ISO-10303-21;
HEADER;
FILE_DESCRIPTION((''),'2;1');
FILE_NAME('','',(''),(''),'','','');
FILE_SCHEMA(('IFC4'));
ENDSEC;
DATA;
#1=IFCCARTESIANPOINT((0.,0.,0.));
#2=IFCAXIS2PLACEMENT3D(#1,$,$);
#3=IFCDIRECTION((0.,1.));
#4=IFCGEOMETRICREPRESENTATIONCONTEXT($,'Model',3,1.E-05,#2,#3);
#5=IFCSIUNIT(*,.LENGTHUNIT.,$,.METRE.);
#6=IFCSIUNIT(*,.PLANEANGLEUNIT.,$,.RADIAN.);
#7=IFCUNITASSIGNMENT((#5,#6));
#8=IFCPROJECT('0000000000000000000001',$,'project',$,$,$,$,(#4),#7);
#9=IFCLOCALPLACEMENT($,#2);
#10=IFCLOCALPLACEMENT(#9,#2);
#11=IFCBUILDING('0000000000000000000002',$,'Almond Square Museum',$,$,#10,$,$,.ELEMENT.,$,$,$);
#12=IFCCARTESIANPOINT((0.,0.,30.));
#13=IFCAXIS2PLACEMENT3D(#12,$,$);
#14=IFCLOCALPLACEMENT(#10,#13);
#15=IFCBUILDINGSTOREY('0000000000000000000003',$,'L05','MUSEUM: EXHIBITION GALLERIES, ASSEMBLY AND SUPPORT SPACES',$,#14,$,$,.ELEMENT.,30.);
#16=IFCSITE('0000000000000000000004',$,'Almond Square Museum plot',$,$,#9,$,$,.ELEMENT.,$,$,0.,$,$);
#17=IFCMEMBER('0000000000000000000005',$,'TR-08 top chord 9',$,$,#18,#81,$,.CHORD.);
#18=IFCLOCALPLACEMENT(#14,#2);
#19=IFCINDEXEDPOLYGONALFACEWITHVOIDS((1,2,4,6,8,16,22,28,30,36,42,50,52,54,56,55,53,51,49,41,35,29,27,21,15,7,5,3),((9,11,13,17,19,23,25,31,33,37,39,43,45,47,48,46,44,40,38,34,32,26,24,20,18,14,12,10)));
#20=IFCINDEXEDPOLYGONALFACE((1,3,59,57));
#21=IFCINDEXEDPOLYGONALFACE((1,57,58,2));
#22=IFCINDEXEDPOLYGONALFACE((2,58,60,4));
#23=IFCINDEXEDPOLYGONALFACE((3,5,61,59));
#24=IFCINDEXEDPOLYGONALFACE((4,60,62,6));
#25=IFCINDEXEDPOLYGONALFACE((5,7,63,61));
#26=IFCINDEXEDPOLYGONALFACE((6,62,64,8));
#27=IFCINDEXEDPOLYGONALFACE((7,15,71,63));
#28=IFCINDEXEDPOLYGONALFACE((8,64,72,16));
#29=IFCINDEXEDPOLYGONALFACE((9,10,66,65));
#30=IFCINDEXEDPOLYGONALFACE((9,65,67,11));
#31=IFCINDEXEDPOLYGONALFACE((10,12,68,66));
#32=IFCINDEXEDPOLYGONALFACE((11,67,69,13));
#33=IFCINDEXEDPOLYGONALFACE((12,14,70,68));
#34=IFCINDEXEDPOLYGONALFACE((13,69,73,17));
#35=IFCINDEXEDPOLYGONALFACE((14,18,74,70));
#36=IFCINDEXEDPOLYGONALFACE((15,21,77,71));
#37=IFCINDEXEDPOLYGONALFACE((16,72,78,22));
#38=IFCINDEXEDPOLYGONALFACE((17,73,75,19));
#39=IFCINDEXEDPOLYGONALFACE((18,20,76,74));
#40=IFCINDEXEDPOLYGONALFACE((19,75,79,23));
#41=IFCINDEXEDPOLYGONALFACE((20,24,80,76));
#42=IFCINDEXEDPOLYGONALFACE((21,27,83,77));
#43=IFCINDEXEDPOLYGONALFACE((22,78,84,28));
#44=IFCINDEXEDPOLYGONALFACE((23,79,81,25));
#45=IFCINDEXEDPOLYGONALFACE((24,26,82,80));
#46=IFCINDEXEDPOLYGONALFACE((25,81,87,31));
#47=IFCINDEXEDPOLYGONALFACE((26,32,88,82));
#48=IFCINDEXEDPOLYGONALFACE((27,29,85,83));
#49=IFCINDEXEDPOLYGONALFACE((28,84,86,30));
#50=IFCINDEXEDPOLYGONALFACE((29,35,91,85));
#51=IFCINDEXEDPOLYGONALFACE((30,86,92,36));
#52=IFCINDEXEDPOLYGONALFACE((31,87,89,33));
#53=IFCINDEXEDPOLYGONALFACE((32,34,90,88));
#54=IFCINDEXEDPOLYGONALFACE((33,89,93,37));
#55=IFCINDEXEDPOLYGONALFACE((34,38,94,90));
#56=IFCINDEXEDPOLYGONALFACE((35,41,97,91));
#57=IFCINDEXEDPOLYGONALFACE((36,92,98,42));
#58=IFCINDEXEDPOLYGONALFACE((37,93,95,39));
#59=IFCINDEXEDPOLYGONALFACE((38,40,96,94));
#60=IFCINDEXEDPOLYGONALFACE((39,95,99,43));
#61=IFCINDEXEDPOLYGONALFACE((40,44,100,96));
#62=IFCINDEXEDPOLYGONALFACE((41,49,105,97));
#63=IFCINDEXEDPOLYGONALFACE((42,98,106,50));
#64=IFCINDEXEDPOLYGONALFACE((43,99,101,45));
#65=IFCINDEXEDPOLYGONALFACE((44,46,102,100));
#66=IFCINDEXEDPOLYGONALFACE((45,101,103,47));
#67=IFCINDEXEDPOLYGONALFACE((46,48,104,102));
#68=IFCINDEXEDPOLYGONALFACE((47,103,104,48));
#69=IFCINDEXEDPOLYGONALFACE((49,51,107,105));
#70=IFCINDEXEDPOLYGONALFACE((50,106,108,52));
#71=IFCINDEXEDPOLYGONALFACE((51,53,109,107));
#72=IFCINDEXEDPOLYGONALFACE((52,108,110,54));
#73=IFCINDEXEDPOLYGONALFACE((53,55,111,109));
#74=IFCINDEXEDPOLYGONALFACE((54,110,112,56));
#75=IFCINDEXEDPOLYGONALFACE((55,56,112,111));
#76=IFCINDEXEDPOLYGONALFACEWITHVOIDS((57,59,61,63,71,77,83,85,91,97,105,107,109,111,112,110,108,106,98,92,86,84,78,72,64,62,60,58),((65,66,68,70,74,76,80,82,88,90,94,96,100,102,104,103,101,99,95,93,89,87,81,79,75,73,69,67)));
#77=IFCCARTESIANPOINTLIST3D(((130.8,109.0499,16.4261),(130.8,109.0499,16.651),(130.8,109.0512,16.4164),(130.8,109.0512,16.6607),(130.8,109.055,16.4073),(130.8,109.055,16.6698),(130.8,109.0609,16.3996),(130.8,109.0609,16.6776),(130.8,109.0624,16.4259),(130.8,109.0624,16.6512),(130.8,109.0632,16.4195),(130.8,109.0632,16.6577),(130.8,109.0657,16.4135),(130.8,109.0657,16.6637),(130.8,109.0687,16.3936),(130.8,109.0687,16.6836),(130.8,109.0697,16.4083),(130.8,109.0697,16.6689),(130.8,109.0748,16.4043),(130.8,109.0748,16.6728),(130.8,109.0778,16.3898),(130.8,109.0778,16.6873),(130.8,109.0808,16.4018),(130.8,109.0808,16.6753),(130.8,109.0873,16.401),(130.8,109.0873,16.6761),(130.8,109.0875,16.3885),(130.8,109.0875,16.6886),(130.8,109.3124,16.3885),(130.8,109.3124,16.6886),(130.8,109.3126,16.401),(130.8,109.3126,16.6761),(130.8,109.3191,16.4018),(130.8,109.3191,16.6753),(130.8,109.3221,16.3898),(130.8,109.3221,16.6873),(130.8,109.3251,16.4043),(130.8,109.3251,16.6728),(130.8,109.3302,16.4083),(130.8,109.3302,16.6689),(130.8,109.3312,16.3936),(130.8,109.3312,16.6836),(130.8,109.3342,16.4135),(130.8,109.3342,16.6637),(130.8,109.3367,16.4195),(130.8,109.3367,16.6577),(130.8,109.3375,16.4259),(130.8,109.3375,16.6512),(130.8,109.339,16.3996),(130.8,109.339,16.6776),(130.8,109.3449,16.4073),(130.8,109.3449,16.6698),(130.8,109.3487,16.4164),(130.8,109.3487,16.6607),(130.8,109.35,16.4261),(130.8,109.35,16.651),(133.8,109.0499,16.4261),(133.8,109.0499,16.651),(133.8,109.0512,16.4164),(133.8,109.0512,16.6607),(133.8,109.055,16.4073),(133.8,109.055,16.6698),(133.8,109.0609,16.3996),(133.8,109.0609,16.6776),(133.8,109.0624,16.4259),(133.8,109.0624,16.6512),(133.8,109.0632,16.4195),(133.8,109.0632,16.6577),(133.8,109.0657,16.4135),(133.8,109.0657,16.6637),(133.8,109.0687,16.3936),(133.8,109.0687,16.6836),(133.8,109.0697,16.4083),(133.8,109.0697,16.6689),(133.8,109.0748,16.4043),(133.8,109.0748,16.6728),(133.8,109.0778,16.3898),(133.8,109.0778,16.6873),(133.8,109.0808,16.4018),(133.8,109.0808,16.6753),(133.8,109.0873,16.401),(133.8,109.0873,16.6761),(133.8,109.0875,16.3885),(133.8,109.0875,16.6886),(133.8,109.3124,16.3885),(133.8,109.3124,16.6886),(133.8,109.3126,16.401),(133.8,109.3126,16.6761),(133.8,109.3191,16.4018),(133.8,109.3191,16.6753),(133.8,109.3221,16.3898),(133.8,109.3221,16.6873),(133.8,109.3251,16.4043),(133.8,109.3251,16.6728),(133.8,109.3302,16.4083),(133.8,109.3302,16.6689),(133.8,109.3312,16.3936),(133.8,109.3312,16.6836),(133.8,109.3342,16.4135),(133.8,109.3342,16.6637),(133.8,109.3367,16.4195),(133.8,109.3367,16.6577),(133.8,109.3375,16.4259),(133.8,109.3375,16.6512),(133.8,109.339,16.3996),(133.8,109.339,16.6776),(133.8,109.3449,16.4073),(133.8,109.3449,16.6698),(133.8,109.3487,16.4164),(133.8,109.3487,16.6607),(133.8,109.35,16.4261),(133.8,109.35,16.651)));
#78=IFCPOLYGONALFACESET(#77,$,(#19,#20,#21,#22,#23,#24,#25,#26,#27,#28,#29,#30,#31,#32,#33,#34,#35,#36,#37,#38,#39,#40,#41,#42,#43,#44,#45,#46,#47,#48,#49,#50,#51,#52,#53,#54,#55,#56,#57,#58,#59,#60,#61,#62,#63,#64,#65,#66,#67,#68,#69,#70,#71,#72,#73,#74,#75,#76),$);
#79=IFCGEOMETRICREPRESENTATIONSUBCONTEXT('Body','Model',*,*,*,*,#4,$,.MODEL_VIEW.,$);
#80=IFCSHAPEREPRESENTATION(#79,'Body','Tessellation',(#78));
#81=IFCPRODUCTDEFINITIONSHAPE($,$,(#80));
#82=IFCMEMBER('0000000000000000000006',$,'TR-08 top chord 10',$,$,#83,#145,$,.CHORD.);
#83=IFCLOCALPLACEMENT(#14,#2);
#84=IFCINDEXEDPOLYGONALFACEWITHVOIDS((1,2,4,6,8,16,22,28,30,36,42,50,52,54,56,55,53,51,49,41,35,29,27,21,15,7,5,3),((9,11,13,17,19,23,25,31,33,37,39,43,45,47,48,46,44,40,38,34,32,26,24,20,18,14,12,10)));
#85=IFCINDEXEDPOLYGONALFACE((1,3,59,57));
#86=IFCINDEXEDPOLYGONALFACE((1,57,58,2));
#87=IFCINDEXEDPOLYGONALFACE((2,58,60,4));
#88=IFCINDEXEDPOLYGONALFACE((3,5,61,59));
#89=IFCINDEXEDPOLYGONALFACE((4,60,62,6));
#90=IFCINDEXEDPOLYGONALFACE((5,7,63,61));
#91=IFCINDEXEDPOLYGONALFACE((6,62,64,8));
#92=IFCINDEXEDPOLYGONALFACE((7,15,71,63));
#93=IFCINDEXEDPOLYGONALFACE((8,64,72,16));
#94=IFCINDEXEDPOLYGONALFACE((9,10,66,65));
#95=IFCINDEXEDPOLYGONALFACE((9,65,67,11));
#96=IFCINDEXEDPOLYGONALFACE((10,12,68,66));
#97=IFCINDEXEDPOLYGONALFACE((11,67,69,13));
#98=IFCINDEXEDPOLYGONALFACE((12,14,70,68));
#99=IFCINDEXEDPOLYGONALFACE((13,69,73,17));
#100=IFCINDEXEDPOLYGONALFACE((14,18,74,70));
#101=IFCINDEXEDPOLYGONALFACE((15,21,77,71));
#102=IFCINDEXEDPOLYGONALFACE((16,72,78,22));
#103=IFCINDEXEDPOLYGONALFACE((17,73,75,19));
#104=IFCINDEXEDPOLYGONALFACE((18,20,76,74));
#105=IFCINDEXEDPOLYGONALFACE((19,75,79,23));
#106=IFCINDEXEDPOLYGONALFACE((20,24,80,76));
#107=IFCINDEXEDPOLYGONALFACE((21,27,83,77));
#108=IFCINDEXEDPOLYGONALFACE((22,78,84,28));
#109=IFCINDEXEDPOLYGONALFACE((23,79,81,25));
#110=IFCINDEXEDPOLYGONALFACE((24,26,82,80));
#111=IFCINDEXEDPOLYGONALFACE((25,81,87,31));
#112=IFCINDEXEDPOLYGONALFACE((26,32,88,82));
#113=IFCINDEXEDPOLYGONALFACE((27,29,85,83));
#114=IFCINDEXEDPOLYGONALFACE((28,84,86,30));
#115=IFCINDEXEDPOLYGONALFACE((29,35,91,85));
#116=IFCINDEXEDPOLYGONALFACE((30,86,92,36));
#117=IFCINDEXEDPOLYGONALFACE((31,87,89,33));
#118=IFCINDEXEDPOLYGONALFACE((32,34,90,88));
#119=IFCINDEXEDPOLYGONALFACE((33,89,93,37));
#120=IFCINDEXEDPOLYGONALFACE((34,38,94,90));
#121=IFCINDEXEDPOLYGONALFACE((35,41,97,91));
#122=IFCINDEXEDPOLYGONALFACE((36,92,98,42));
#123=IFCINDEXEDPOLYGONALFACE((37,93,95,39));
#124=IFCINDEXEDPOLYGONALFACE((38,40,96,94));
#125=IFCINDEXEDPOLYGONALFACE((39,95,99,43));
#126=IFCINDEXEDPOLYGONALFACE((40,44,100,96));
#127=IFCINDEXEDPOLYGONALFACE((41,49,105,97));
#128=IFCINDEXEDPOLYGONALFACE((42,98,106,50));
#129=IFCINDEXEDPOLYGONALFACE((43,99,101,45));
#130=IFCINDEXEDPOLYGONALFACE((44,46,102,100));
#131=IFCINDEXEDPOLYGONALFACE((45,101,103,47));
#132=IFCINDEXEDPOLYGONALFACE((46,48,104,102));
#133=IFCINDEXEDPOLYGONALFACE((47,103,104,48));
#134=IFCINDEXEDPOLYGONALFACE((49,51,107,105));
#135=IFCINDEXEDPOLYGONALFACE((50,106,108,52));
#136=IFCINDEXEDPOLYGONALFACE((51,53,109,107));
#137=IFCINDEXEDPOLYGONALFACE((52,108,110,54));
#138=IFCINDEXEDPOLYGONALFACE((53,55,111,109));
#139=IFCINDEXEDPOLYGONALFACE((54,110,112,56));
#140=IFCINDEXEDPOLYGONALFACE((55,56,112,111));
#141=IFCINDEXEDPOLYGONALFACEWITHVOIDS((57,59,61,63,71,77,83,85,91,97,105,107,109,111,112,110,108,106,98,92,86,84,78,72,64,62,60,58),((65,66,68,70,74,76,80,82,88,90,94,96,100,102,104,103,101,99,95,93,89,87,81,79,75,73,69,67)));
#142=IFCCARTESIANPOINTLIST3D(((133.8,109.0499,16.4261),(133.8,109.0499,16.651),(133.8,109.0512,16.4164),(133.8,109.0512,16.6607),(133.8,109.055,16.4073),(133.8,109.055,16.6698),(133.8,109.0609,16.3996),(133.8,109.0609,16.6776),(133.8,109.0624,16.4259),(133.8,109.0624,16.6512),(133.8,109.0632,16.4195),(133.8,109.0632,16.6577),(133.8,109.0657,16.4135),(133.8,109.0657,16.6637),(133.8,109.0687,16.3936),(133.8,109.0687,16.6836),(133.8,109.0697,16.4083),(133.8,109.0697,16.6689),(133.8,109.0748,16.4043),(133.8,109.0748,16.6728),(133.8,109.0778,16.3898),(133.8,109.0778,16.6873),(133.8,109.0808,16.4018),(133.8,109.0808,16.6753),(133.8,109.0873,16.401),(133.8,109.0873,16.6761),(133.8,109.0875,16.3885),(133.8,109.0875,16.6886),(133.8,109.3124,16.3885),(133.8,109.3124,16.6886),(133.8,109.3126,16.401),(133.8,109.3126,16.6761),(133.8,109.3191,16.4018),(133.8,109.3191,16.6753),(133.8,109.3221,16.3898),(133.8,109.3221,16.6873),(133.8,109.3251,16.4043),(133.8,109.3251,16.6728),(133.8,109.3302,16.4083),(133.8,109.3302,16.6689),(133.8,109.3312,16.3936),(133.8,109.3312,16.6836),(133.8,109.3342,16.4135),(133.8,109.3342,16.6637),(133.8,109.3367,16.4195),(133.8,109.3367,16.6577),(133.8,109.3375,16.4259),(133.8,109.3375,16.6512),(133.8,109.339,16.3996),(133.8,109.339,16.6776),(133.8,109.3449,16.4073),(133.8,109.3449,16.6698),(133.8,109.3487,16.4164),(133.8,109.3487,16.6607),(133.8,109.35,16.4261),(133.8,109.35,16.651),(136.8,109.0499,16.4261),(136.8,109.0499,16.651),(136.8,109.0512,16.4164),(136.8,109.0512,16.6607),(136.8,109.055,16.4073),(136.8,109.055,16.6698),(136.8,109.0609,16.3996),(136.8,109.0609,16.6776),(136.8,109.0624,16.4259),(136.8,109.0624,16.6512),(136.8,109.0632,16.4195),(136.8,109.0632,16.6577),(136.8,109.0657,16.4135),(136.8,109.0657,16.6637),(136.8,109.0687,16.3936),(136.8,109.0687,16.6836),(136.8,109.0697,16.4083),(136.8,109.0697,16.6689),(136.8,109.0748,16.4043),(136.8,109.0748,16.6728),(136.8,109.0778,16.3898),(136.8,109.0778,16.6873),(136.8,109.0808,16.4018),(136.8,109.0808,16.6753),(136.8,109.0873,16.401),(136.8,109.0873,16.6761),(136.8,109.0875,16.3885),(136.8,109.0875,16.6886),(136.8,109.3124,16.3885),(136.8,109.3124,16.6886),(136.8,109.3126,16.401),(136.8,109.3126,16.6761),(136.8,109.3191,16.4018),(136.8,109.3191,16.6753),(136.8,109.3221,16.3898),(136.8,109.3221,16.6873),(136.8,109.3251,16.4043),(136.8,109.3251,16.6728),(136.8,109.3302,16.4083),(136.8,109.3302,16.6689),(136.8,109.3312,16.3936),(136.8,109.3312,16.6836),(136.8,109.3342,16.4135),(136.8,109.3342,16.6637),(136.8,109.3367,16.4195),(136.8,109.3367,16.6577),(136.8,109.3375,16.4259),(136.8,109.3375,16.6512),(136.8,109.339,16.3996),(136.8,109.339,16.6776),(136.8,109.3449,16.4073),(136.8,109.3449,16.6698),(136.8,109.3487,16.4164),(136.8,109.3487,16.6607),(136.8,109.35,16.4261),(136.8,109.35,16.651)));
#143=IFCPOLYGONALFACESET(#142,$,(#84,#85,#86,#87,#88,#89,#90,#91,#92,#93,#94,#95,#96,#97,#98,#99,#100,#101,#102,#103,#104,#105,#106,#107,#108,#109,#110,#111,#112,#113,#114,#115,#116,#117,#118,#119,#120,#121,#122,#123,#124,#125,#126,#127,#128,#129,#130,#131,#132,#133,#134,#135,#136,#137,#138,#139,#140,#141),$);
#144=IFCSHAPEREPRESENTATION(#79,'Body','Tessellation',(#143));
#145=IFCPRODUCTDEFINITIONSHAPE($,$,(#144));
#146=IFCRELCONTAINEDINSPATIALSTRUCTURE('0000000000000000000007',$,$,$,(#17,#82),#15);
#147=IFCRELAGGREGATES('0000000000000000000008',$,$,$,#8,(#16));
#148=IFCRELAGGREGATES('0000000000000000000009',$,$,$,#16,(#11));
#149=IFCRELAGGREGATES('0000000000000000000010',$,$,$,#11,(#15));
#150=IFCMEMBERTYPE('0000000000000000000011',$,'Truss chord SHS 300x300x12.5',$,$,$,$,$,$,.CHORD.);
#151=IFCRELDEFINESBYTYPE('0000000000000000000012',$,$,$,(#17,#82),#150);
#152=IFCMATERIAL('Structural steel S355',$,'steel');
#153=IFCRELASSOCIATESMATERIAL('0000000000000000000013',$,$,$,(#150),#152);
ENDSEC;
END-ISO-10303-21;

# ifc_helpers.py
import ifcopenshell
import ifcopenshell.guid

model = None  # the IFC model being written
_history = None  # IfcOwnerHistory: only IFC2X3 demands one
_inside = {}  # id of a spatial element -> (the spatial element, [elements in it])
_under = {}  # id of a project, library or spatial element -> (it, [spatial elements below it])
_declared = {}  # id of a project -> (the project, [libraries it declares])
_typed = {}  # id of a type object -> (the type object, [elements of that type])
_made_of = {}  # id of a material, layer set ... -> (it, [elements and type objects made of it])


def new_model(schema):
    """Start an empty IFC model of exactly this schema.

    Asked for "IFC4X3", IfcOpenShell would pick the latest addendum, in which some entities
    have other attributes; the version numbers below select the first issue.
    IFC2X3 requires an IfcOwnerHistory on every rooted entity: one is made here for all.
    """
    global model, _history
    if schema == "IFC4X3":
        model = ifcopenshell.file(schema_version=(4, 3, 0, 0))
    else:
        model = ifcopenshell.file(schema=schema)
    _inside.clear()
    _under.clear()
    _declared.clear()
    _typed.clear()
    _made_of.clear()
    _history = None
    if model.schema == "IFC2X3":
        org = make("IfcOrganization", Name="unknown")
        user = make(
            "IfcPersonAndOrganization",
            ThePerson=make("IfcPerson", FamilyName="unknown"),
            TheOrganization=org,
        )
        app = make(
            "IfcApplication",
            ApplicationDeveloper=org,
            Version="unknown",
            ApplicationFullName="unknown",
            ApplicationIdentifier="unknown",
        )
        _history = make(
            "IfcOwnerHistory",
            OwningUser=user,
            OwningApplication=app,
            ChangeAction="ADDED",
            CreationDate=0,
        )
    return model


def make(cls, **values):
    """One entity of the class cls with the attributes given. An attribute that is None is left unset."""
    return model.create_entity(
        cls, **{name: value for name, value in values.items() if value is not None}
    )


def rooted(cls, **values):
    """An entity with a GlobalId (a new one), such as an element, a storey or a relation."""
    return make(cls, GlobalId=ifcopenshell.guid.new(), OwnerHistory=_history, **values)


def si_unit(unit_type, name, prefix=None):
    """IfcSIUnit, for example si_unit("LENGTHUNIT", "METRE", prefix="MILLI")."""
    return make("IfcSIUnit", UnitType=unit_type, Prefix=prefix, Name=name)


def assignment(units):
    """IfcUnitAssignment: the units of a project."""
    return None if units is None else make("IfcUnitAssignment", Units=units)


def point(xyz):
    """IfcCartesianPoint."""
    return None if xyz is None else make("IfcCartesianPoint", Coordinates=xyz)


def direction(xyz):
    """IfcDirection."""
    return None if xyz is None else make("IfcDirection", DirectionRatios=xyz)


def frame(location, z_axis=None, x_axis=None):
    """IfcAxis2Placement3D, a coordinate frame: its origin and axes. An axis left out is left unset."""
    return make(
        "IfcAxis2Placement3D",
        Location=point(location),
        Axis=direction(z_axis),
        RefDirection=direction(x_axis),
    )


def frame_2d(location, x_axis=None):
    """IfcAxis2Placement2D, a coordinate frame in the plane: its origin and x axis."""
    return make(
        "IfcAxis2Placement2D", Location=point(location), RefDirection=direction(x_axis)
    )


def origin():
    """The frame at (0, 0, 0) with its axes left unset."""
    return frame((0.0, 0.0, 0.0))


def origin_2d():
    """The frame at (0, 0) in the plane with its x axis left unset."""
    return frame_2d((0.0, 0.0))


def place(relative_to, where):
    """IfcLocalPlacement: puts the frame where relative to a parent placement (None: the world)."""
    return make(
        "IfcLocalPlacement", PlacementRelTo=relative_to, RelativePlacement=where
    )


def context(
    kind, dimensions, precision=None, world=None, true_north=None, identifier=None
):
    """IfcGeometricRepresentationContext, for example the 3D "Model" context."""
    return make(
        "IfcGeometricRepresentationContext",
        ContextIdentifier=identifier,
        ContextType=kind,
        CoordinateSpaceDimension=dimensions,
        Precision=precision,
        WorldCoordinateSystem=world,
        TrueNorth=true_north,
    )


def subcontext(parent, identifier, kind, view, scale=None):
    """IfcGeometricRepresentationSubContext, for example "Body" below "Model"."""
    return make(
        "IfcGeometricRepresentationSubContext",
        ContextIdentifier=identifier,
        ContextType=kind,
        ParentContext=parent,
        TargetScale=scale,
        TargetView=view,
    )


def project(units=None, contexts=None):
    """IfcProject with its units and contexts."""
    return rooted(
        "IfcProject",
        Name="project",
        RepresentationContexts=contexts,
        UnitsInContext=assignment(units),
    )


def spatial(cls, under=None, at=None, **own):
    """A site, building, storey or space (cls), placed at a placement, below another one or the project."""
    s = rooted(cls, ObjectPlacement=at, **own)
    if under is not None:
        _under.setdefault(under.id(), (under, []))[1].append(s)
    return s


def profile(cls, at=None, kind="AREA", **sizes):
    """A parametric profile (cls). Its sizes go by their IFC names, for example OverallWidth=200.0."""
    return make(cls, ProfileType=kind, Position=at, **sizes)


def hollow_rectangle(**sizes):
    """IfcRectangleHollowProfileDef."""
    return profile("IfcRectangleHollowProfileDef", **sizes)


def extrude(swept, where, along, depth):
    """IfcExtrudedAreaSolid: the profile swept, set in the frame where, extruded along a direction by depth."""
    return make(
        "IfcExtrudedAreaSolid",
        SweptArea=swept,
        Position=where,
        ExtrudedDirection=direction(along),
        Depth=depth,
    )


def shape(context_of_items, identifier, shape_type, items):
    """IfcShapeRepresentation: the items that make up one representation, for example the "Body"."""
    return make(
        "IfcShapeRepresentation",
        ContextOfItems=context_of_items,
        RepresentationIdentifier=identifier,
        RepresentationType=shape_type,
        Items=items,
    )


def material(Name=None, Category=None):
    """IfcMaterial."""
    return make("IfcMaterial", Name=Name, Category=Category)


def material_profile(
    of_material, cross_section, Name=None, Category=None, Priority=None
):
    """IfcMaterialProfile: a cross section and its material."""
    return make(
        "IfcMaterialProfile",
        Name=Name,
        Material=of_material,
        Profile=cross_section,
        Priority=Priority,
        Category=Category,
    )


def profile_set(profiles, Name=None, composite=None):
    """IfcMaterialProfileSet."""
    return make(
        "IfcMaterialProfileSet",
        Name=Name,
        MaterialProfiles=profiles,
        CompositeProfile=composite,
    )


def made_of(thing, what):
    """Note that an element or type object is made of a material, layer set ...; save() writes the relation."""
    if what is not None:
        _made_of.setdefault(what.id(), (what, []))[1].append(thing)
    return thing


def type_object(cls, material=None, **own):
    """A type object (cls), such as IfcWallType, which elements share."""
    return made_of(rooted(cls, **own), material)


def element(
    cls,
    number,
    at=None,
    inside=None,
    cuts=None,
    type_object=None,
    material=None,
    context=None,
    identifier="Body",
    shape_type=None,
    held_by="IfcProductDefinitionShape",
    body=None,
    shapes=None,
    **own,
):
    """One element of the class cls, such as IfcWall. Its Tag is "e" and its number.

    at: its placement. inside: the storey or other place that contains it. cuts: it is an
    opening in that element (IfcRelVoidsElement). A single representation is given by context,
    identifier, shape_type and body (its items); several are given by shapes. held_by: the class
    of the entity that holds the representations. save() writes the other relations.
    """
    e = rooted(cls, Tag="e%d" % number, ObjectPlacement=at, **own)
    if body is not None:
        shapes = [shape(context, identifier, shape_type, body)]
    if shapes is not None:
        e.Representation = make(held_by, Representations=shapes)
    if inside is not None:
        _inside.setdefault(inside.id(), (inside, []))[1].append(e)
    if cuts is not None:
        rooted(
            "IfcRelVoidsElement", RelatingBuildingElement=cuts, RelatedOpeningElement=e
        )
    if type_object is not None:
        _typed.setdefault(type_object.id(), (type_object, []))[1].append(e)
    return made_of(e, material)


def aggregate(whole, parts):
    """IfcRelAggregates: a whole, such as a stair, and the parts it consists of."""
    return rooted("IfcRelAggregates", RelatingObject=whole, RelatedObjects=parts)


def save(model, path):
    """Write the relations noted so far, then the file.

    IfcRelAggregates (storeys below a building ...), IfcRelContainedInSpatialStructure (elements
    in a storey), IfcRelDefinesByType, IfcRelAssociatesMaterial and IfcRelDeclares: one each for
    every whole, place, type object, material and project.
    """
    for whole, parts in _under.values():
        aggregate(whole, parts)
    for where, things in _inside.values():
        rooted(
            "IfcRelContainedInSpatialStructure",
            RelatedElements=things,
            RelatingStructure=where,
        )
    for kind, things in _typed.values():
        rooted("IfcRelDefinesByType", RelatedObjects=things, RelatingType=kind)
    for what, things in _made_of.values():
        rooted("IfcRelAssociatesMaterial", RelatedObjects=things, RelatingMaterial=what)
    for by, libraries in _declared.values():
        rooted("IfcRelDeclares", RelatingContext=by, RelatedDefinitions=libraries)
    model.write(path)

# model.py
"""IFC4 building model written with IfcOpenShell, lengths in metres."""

from ifc_helpers import new_model, si_unit, direction, frame, origin, origin_2d, place, context, subcontext, project, spatial, hollow_rectangle, extrude, material, material_profile, profile_set, type_object, element, save


model = new_model("IFC4")

# Units and contexts
model_context = context("Model", 3, precision=1e-05, world=origin(), true_north=direction((0.0, 1.0)))
body_context = subcontext(model_context, "Body", "Model", "MODEL_VIEW")
ifc_project = project(units=[si_unit("LENGTHUNIT", "METRE"), si_unit("PLANEANGLEUNIT", "RADIAN")], contexts=[model_context])

# Site, building, storey
site_placement = place(None, origin())
site = spatial("IfcSite", under=ifc_project, at=site_placement, Name="Almond Square Museum plot", CompositionType="ELEMENT", RefElevation=0.0)
building_placement = place(site_placement, origin())
building = spatial("IfcBuilding", under=site, at=building_placement, Name="Almond Square Museum", CompositionType="ELEMENT")
storey_placement = place(building_placement, frame((0.0, 0.0, 30.0)))
storey = spatial("IfcBuildingStorey", under=building, at=storey_placement, Name="L05", Description="MUSEUM: EXHIBITION GALLERIES, ASSEMBLY AND SUPPORT SPACES", CompositionType="ELEMENT", Elevation=30.0)

# Members
ifc_material_1 = material(Name="Structural steel S355", Category="steel")
ifc_material_profile_1 = material_profile(ifc_material_1, hollow_rectangle(XDim=0.3, YDim=0.3, WallThickness=0.0125, InnerFilletRadius=0.0249, OuterFilletRadius=0.0376, at=origin_2d()))
ifc_profile_set_1 = profile_set([ifc_material_profile_1], Name="Structural steel S355")
member_type_1 = type_object("IfcMemberType", Name="Truss chord SHS 300x300x12.5", PredefinedType="CHORD", material=ifc_profile_set_1)
for number, where, z_axis, x_axis, name in (
    (1, (130.8, 109.2, 16.5386), (1.0, 0.0, 0.0), (0.0, 1.0, 0.0), "TR-08 top chord 9"),
    (2, (133.8, 109.2, 16.5386), (1.0, 0.0, 0.0), (0.0, 1.0, 0.0), "TR-08 top chord 10"),
):
    element("IfcMember", number, at=place(storey_placement, frame(where, z_axis=z_axis, x_axis=x_axis)), inside=storey, type_object=member_type_1, Name=name, PredefinedType="CHORD", context=body_context, shape_type="SweptSolid", body=[
        extrude(hollow_rectangle(XDim=0.3, YDim=0.3, WallThickness=0.0125, InnerFilletRadius=0.0249, OuterFilletRadius=0.0376, at=origin_2d()), origin(), (0.0, 0.0, 1.0), 3.0),
    ])

save(model, "model.ifc")
